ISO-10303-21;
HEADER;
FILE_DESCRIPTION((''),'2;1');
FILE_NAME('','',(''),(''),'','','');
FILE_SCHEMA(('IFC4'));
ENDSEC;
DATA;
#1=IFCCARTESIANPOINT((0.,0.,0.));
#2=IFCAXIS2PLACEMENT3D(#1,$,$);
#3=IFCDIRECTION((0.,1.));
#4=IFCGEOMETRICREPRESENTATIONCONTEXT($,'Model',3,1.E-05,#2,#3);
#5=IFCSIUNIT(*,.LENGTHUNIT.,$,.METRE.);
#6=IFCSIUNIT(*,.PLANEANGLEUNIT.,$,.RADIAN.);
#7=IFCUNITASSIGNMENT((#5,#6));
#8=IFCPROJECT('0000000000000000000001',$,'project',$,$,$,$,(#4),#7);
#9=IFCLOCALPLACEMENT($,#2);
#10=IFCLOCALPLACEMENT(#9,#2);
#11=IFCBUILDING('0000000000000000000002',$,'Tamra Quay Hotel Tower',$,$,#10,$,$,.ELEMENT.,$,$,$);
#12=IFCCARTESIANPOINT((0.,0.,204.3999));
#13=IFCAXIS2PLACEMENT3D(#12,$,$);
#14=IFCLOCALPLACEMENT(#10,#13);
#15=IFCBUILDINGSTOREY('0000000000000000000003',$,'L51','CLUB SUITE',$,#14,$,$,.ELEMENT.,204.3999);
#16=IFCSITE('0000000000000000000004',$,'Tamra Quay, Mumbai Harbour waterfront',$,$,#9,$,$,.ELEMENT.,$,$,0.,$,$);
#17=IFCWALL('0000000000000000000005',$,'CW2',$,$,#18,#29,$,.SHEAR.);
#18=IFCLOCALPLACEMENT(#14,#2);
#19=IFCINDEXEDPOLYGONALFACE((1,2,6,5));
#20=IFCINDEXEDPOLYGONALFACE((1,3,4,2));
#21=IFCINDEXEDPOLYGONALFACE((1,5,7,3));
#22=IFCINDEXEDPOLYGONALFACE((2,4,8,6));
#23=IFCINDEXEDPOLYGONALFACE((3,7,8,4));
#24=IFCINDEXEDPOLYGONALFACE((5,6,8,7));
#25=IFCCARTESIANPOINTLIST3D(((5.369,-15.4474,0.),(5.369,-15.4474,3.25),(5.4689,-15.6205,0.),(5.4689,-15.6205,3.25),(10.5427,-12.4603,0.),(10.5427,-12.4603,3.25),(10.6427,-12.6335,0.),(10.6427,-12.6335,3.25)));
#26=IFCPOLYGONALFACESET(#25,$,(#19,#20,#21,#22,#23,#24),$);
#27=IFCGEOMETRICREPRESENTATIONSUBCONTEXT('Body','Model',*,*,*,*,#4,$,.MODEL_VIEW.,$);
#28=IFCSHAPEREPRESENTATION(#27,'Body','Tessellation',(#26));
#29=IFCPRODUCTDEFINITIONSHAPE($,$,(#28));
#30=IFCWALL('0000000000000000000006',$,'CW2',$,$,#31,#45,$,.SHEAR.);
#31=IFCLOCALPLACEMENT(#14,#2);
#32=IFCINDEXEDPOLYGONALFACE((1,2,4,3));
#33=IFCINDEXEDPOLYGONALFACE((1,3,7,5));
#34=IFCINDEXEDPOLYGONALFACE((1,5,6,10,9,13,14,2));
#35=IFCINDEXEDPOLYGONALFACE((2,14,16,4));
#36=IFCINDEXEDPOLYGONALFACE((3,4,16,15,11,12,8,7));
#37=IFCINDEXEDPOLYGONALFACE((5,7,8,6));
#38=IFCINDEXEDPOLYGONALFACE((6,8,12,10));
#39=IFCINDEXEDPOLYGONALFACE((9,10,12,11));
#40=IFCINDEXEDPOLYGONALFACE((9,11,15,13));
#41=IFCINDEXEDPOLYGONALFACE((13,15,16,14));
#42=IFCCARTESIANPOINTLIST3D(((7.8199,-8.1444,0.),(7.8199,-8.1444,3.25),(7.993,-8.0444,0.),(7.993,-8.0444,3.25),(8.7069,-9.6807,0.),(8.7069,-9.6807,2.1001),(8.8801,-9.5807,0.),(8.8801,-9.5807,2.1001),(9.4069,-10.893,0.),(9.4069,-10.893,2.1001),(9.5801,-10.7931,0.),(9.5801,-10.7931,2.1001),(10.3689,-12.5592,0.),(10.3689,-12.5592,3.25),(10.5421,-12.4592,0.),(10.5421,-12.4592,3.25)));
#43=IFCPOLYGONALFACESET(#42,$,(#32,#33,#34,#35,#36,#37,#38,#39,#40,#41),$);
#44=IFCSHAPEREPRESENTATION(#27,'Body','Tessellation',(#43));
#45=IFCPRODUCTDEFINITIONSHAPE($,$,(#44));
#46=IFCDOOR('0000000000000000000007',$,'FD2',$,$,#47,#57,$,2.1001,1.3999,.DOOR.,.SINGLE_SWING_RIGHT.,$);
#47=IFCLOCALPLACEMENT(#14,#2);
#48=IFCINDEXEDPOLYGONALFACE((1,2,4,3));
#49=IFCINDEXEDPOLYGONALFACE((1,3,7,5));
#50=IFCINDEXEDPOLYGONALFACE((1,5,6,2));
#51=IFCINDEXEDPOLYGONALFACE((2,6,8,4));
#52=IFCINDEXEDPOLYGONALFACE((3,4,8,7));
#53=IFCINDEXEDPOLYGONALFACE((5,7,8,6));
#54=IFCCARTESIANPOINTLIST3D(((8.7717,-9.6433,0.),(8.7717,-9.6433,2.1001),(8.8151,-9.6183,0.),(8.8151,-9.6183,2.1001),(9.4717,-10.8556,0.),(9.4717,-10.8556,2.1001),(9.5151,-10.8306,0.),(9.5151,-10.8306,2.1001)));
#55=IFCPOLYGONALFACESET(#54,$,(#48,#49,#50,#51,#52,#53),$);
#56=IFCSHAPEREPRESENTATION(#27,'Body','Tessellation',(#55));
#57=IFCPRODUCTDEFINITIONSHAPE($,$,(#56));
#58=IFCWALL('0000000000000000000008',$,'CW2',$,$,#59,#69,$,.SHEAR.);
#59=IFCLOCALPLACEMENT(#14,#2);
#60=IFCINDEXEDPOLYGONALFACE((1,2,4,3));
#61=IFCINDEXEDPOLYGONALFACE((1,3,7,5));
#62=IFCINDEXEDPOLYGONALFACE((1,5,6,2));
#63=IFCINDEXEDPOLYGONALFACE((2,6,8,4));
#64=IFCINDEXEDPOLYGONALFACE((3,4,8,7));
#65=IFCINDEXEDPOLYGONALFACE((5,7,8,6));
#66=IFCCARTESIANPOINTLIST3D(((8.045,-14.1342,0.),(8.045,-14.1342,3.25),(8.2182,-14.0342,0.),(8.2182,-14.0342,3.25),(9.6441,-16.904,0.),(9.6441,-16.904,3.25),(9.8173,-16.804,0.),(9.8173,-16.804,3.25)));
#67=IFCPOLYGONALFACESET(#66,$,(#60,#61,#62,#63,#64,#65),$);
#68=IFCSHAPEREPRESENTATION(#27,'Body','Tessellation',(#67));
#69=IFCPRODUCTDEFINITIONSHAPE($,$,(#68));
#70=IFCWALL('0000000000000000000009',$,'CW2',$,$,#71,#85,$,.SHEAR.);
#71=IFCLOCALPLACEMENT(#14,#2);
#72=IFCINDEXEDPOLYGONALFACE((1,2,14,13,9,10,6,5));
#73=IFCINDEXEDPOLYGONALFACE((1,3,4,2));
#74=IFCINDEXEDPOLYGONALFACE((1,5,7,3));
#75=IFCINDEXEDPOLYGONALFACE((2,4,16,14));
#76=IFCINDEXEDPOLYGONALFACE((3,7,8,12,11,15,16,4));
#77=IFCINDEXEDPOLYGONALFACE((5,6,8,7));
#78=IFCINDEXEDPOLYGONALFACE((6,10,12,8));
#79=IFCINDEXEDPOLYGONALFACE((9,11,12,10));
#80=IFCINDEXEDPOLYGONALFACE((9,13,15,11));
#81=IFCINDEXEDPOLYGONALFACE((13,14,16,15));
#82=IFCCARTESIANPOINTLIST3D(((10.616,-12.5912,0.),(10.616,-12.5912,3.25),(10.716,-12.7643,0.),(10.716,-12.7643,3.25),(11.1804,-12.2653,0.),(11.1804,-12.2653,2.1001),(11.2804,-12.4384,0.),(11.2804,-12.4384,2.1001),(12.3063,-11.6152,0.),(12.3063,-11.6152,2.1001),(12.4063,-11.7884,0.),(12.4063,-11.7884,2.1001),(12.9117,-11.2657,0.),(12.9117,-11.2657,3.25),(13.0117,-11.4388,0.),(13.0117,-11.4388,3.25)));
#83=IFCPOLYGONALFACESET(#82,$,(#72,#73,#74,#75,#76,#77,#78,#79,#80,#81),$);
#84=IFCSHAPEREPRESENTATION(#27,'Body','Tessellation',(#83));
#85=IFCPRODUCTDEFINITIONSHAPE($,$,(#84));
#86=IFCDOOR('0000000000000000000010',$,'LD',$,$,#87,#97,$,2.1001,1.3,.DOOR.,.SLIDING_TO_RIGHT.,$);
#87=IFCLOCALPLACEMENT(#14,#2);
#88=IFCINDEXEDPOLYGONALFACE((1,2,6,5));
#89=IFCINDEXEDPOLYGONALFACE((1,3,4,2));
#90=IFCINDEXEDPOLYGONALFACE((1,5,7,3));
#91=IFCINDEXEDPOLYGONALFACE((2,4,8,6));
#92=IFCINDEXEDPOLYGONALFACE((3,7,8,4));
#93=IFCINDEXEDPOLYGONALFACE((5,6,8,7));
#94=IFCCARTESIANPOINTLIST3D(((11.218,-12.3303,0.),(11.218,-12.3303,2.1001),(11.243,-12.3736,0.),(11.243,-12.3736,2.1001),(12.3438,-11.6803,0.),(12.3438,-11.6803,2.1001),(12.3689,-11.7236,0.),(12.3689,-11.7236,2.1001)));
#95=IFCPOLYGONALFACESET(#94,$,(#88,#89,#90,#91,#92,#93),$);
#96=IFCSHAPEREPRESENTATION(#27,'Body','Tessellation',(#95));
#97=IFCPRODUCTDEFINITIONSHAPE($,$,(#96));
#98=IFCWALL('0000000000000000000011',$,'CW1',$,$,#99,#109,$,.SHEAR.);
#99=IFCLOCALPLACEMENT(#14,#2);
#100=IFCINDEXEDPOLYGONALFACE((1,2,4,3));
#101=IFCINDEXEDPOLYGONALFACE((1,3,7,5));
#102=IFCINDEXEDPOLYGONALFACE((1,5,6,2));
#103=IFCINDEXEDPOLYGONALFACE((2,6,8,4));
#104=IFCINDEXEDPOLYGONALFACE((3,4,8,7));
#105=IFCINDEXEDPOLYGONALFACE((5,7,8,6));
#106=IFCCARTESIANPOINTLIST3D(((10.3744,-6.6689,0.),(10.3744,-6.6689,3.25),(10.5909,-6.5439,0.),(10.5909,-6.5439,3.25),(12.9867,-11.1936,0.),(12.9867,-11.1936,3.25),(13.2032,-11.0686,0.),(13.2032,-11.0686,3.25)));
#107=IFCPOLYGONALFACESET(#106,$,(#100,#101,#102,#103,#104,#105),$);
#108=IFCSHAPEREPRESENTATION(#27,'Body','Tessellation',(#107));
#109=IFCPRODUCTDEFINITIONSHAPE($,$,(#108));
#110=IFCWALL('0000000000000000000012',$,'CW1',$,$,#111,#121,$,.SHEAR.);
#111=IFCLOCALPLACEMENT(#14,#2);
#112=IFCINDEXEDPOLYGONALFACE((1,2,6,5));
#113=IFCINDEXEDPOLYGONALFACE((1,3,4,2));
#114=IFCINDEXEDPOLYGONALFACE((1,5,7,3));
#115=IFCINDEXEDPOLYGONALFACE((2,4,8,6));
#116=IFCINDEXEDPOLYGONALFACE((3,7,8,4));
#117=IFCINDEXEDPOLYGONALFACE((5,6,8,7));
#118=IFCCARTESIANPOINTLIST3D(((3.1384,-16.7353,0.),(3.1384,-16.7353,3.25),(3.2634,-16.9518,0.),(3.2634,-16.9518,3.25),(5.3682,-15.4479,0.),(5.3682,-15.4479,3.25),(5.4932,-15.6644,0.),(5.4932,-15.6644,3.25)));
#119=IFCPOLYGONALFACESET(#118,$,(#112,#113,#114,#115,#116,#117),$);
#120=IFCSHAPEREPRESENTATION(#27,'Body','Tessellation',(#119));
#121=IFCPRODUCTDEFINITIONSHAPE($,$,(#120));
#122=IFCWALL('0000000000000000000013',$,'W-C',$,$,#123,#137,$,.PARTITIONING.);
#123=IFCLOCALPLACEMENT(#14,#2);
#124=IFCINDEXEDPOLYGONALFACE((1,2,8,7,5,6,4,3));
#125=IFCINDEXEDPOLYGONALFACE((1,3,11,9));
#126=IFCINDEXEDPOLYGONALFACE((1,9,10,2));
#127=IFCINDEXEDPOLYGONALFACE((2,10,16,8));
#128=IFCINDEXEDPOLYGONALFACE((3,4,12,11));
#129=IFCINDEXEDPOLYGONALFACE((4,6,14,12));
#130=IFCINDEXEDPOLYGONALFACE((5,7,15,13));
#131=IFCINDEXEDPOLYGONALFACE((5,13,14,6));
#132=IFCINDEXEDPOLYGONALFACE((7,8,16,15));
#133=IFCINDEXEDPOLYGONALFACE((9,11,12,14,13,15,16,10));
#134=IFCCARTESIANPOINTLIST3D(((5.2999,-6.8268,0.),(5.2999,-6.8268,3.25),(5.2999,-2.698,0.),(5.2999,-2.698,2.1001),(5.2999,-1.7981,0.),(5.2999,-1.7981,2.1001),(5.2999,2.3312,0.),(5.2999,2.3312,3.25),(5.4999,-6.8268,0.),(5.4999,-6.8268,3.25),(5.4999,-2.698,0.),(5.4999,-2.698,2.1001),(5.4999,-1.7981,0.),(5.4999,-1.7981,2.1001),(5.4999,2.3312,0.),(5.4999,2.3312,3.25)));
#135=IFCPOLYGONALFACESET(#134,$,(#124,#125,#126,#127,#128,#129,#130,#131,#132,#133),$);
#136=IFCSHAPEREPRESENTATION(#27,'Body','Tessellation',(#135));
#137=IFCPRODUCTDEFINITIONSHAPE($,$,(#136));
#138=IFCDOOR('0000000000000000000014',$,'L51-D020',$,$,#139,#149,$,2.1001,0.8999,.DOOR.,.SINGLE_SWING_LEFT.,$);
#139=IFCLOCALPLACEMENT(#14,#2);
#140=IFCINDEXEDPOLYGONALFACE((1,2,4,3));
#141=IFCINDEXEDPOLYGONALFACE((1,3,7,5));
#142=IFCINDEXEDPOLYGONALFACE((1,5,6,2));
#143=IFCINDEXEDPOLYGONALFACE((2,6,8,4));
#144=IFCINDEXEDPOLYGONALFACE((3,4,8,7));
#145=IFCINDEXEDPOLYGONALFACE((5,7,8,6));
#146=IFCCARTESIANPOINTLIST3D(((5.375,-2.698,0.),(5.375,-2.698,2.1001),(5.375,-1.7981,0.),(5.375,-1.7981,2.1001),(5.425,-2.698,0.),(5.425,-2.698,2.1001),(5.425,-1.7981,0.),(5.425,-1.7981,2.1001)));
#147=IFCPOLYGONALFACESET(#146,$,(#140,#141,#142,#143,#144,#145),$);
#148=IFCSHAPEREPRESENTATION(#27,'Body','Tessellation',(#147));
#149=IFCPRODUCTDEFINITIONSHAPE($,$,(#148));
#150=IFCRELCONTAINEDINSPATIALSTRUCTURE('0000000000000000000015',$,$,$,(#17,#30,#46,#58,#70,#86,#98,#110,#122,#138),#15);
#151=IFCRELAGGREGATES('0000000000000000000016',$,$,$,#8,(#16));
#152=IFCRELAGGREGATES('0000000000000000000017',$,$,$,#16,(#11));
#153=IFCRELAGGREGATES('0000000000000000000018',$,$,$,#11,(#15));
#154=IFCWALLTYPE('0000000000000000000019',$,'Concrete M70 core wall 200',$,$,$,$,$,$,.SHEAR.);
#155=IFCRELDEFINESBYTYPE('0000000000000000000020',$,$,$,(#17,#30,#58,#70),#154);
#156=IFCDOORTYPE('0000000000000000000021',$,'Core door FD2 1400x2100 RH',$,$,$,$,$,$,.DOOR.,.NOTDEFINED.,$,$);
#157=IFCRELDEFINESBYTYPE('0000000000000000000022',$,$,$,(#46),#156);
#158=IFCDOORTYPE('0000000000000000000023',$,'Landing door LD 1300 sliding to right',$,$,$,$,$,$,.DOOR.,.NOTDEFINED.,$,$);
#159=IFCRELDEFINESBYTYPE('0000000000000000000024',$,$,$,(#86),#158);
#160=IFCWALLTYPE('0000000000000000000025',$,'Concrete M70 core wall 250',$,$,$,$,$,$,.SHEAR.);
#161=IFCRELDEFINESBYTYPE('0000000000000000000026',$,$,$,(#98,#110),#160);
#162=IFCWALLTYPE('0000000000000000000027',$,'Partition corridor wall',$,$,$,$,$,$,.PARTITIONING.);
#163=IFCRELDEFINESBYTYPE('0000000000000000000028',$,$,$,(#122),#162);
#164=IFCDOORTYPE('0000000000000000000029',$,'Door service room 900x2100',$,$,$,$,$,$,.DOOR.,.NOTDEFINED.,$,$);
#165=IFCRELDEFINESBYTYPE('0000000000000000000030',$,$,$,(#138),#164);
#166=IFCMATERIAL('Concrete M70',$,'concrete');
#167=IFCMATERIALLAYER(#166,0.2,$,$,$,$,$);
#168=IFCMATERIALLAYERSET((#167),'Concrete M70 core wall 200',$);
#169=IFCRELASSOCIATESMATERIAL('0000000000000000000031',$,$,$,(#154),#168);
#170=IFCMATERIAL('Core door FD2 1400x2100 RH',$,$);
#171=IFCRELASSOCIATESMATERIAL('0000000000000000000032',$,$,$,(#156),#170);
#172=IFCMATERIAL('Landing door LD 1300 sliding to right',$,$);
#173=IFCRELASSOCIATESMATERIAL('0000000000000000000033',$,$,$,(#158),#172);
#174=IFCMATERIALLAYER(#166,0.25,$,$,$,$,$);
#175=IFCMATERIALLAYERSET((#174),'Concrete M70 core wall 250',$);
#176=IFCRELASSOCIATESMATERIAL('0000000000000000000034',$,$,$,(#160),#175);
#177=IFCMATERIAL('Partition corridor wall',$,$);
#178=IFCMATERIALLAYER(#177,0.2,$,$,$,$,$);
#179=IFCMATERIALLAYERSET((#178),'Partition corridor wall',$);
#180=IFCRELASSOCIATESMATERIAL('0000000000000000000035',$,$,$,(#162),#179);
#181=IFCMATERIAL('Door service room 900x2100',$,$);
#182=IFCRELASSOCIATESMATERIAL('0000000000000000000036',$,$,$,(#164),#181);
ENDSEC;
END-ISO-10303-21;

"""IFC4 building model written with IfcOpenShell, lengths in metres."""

from ifc_helpers import new_model, si_unit, direction, frame, frame_2d, origin, place, context, subcontext, project, spatial, rectangle, extrude, material, layer, layer_set, type_object, element, fill, save


model = new_model("IFC4")

# Units and contexts
model_context = context("Model", 3, precision=1e-05, world=origin(), true_north=direction((0.0, 1.0)))
body_context = subcontext(model_context, "Body", "Model", "MODEL_VIEW")
ifc_project = project(units=[si_unit("LENGTHUNIT", "METRE"), si_unit("PLANEANGLEUNIT", "RADIAN")], contexts=[model_context])

# Site, building, storey
site_placement = place(None, origin())
site = spatial("IfcSite", under=ifc_project, at=site_placement, Name="Tamra Quay, Mumbai Harbour waterfront", CompositionType="ELEMENT", RefElevation=0.0)
building_placement = place(site_placement, origin())
building = spatial("IfcBuilding", under=site, at=building_placement, Name="Tamra Quay Hotel Tower", CompositionType="ELEMENT")
storey_placement = place(building_placement, frame((0.0, 0.0, 204.3999)))
storey = spatial("IfcBuildingStorey", under=building, at=storey_placement, Name="L51", Description="CLUB SUITE", CompositionType="ELEMENT", Elevation=204.3999)

# Wall
ifc_material_1 = material(Name="Concrete M70", Category="concrete")
ifc_layer_1 = layer(ifc_material_1, 0.2)
ifc_layer_set_1 = layer_set([ifc_layer_1], Name="Concrete M70 core wall 200")
wall_type_1 = type_object("IfcWallType", Name="Concrete M70 core wall 200", PredefinedType="SHEAR", material=ifc_layer_set_1)
wall_1_placement = place(storey_placement, frame((5.4189, -15.5339, 0.0), z_axis=(0.0, 0.0, 1.0), x_axis=(0.866029, 0.499994, 0.0)))
element("IfcWall", 1, at=wall_1_placement, inside=storey, type_object=wall_type_1, Name="CW2", PredefinedType="SHEAR", context=body_context, shape_type="SweptSolid", body=[
    extrude(rectangle(XDim=5.9741, YDim=0.2, at=frame_2d((2.9871, 0.0))), origin(), (0.0, 0.0, 1.0), 3.25),
])

# Wall, opening, door
wall_2_placement = place(storey_placement, frame((7.9065, -8.0945, 0.0), z_axis=(0.0, 0.0, 1.0), x_axis=(0.500028, -0.866009, 0.0)))
wall_2 = element("IfcWall", 2, at=wall_2_placement, inside=storey, type_object=wall_type_1, Name="CW2", PredefinedType="SHEAR", context=body_context, shape_type="SweptSolid", body=[
    extrude(rectangle(XDim=5.0979, YDim=0.2, at=frame_2d((2.5488, 0.0))), origin(), (0.0, 0.0, 1.0), 3.25),
])
opening_1_placement = place(wall_2_placement, frame((1.7739, 0.0, 0.0)))
opening_1 = element("IfcOpeningElement", 3, at=opening_1_placement, cuts=wall_2, PredefinedType="OPENING", context=body_context, shape_type="SweptSolid", body=[
    extrude(rectangle(XDim=1.3999, YDim=2.1001, at=frame_2d((0.7, 1.05))), frame((0.0, 0.1099, 0.0), z_axis=(0.0, -1.0, 0.0), x_axis=(1.0, 0.0, 0.0)), (0.0, 0.0, 1.0), 0.22),
])
ifc_material_2 = material(Name="Core door FD2 1400x2100 RH")
door_type_1 = type_object("IfcDoorType", Name="Core door FD2 1400x2100 RH", OperationType="NOTDEFINED", PredefinedType="DOOR", material=ifc_material_2)
door_1_placement = place(opening_1_placement, origin())
door_1 = element("IfcDoor", 4, at=door_1_placement, inside=storey, type_object=door_type_1, Name="FD2", OperationType="SINGLE_SWING_RIGHT", OverallHeight=2.1001, OverallWidth=1.3999, PredefinedType="DOOR", context=body_context, shape_type="SweptSolid", body=[
    extrude(rectangle(XDim=1.3999, YDim=2.1001, at=frame_2d((0.7, 1.05))), frame((0.0, 0.0249, 0.0), z_axis=(0.0, -1.0, 0.0), x_axis=(1.0, 0.0, 0.0)), (0.0, 0.0, 1.0), 0.05),
])
fill(opening_1, door_1)

# Wall
wall_3_placement = place(storey_placement, frame((8.1316, -14.0842, 0.0), z_axis=(0.0, 0.0, 1.0), x_axis=(0.499998, -0.866027, 0.0)))
element("IfcWall", 5, at=wall_3_placement, inside=storey, type_object=wall_type_1, Name="CW2", PredefinedType="SHEAR", context=body_context, shape_type="SweptSolid", body=[
    extrude(rectangle(XDim=3.1982, YDim=0.2, at=frame_2d((1.5991, 0.0))), origin(), (0.0, 0.0, 1.0), 3.25),
])

# Wall, opening, door
wall_4_placement = place(storey_placement, frame((10.666, -12.6777, 0.0), z_axis=(0.0, 0.0, 1.0), x_axis=(0.866018, 0.500012, 0.0)))
wall_4 = element("IfcWall", 6, at=wall_4_placement, inside=storey, type_object=wall_type_1, Name="CW2", PredefinedType="SHEAR", context=body_context, shape_type="SweptSolid", body=[
    extrude(rectangle(XDim=2.6509, YDim=0.2, at=frame_2d((1.3254, 0.0))), origin(), (0.0, 0.0, 1.0), 3.25),
])
opening_2_placement = place(wall_4_placement, frame((0.6519, 0.0, 0.0)))
opening_2 = element("IfcOpeningElement", 7, at=opening_2_placement, cuts=wall_4, PredefinedType="OPENING", context=body_context, shape_type="SweptSolid", body=[
    extrude(rectangle(XDim=1.3, YDim=2.1001, at=frame_2d((0.6499, 1.05))), frame((0.0, 0.1099, 0.0), z_axis=(0.0, -1.0, 0.0), x_axis=(1.0, 0.0, 0.0)), (0.0, 0.0, 1.0), 0.22),
])
ifc_material_3 = material(Name="Landing door LD 1300 sliding to right")
door_type_2 = type_object("IfcDoorType", Name="Landing door LD 1300 sliding to right", OperationType="NOTDEFINED", PredefinedType="DOOR", material=ifc_material_3)
door_2_placement = place(opening_2_placement, origin())
door_2 = element("IfcDoor", 8, at=door_2_placement, inside=storey, type_object=door_type_2, Name="LD", OperationType="SLIDING_TO_RIGHT", OverallHeight=2.1001, OverallWidth=1.3, PredefinedType="DOOR", context=body_context, shape_type="SweptSolid", body=[
    extrude(rectangle(XDim=1.3, YDim=2.1001, at=frame_2d((0.6499, 1.05))), frame((0.0, 0.0249, 0.0), z_axis=(0.0, -1.0, 0.0), x_axis=(1.0, 0.0, 0.0)), (0.0, 0.0, 1.0), 0.05),
])
fill(opening_2, door_2)

# Walls
ifc_layer_2 = layer(ifc_material_1, 0.25)
ifc_layer_set_2 = layer_set([ifc_layer_2], Name="Concrete M70 core wall 250")
wall_type_2 = type_object("IfcWallType", Name="Concrete M70 core wall 250", PredefinedType="SHEAR", material=ifc_layer_set_2)
wall_5_placement = place(storey_placement, frame((10.4827, -6.6064, 0.0), z_axis=(0.0, 0.0, 1.0), x_axis=(0.499999, -0.866026, 0.0)))
element("IfcWall", 9, at=wall_5_placement, inside=storey, type_object=wall_type_2, Name="CW1", PredefinedType="SHEAR", context=body_context, shape_type="SweptSolid", body=[
    extrude(rectangle(XDim=5.2246, YDim=0.25, at=frame_2d((2.6123, 0.0))), origin(), (0.0, 0.0, 1.0), 3.25),
])
wall_6_placement = place(storey_placement, frame((5.4307, -15.5562, 0.0), z_axis=(0.0, 0.0, 1.0), x_axis=(-0.866023, -0.500004, 0.0)))
element("IfcWall", 10, at=wall_6_placement, inside=storey, type_object=wall_type_2, Name="CW1", PredefinedType="SHEAR", context=body_context, shape_type="SweptSolid", body=[
    extrude(rectangle(XDim=2.5747, YDim=0.25, at=frame_2d((1.2874, 0.0))), origin(), (0.0, 0.0, 1.0), 3.25),
])

# Wall, opening, door
ifc_material_4 = material(Name="Partition corridor wall")
ifc_layer_3 = layer(ifc_material_4, 0.2)
ifc_layer_set_3 = layer_set([ifc_layer_3], Name="Partition corridor wall")
wall_type_3 = type_object("IfcWallType", Name="Partition corridor wall", PredefinedType="PARTITIONING", material=ifc_layer_set_3)
wall_7_placement = place(storey_placement, frame((5.3999, -6.8269, 0.0), z_axis=(0.0, 0.0, 1.0), x_axis=(0.0, 1.0, 0.0)))
wall_7 = element("IfcWall", 11, at=wall_7_placement, inside=storey, type_object=wall_type_3, Name="W-C", PredefinedType="PARTITIONING", context=body_context, shape_type="SweptSolid", body=[
    extrude(rectangle(XDim=9.158, YDim=0.2, at=frame_2d((4.5791, 0.0))), origin(), (0.0, 0.0, 1.0), 3.25),
])
opening_3_placement = place(wall_7_placement, frame((4.1289, 0.0, 0.0)))
opening_3 = element("IfcOpeningElement", 12, at=opening_3_placement, cuts=wall_7, PredefinedType="OPENING", context=body_context, shape_type="SweptSolid", body=[
    extrude(rectangle(XDim=0.8999, YDim=2.1001, at=frame_2d((0.45, 1.05))), frame((0.0, 0.1099, 0.0), z_axis=(0.0, -1.0, 0.0), x_axis=(1.0, 0.0, 0.0)), (0.0, 0.0, 1.0), 0.22),
])
ifc_material_5 = material(Name="Door service room 900x2100")
door_type_3 = type_object("IfcDoorType", Name="Door service room 900x2100", OperationType="NOTDEFINED", PredefinedType="DOOR", material=ifc_material_5)
door_3_placement = place(opening_3_placement, origin())
door_3 = element("IfcDoor", 13, at=door_3_placement, inside=storey, type_object=door_type_3, Name="L51-D020", OperationType="SINGLE_SWING_LEFT", OverallHeight=2.1001, OverallWidth=0.8999, PredefinedType="DOOR", context=body_context, shape_type="SweptSolid", body=[
    extrude(rectangle(XDim=0.8999, YDim=2.1001, at=frame_2d((0.45, 1.05))), frame((0.0, 0.0249, 0.0), z_axis=(0.0, -1.0, 0.0), x_axis=(1.0, 0.0, 0.0)), (0.0, 0.0, 1.0), 0.05),
])
fill(opening_3, door_3)

save(model, "model.ifc")
